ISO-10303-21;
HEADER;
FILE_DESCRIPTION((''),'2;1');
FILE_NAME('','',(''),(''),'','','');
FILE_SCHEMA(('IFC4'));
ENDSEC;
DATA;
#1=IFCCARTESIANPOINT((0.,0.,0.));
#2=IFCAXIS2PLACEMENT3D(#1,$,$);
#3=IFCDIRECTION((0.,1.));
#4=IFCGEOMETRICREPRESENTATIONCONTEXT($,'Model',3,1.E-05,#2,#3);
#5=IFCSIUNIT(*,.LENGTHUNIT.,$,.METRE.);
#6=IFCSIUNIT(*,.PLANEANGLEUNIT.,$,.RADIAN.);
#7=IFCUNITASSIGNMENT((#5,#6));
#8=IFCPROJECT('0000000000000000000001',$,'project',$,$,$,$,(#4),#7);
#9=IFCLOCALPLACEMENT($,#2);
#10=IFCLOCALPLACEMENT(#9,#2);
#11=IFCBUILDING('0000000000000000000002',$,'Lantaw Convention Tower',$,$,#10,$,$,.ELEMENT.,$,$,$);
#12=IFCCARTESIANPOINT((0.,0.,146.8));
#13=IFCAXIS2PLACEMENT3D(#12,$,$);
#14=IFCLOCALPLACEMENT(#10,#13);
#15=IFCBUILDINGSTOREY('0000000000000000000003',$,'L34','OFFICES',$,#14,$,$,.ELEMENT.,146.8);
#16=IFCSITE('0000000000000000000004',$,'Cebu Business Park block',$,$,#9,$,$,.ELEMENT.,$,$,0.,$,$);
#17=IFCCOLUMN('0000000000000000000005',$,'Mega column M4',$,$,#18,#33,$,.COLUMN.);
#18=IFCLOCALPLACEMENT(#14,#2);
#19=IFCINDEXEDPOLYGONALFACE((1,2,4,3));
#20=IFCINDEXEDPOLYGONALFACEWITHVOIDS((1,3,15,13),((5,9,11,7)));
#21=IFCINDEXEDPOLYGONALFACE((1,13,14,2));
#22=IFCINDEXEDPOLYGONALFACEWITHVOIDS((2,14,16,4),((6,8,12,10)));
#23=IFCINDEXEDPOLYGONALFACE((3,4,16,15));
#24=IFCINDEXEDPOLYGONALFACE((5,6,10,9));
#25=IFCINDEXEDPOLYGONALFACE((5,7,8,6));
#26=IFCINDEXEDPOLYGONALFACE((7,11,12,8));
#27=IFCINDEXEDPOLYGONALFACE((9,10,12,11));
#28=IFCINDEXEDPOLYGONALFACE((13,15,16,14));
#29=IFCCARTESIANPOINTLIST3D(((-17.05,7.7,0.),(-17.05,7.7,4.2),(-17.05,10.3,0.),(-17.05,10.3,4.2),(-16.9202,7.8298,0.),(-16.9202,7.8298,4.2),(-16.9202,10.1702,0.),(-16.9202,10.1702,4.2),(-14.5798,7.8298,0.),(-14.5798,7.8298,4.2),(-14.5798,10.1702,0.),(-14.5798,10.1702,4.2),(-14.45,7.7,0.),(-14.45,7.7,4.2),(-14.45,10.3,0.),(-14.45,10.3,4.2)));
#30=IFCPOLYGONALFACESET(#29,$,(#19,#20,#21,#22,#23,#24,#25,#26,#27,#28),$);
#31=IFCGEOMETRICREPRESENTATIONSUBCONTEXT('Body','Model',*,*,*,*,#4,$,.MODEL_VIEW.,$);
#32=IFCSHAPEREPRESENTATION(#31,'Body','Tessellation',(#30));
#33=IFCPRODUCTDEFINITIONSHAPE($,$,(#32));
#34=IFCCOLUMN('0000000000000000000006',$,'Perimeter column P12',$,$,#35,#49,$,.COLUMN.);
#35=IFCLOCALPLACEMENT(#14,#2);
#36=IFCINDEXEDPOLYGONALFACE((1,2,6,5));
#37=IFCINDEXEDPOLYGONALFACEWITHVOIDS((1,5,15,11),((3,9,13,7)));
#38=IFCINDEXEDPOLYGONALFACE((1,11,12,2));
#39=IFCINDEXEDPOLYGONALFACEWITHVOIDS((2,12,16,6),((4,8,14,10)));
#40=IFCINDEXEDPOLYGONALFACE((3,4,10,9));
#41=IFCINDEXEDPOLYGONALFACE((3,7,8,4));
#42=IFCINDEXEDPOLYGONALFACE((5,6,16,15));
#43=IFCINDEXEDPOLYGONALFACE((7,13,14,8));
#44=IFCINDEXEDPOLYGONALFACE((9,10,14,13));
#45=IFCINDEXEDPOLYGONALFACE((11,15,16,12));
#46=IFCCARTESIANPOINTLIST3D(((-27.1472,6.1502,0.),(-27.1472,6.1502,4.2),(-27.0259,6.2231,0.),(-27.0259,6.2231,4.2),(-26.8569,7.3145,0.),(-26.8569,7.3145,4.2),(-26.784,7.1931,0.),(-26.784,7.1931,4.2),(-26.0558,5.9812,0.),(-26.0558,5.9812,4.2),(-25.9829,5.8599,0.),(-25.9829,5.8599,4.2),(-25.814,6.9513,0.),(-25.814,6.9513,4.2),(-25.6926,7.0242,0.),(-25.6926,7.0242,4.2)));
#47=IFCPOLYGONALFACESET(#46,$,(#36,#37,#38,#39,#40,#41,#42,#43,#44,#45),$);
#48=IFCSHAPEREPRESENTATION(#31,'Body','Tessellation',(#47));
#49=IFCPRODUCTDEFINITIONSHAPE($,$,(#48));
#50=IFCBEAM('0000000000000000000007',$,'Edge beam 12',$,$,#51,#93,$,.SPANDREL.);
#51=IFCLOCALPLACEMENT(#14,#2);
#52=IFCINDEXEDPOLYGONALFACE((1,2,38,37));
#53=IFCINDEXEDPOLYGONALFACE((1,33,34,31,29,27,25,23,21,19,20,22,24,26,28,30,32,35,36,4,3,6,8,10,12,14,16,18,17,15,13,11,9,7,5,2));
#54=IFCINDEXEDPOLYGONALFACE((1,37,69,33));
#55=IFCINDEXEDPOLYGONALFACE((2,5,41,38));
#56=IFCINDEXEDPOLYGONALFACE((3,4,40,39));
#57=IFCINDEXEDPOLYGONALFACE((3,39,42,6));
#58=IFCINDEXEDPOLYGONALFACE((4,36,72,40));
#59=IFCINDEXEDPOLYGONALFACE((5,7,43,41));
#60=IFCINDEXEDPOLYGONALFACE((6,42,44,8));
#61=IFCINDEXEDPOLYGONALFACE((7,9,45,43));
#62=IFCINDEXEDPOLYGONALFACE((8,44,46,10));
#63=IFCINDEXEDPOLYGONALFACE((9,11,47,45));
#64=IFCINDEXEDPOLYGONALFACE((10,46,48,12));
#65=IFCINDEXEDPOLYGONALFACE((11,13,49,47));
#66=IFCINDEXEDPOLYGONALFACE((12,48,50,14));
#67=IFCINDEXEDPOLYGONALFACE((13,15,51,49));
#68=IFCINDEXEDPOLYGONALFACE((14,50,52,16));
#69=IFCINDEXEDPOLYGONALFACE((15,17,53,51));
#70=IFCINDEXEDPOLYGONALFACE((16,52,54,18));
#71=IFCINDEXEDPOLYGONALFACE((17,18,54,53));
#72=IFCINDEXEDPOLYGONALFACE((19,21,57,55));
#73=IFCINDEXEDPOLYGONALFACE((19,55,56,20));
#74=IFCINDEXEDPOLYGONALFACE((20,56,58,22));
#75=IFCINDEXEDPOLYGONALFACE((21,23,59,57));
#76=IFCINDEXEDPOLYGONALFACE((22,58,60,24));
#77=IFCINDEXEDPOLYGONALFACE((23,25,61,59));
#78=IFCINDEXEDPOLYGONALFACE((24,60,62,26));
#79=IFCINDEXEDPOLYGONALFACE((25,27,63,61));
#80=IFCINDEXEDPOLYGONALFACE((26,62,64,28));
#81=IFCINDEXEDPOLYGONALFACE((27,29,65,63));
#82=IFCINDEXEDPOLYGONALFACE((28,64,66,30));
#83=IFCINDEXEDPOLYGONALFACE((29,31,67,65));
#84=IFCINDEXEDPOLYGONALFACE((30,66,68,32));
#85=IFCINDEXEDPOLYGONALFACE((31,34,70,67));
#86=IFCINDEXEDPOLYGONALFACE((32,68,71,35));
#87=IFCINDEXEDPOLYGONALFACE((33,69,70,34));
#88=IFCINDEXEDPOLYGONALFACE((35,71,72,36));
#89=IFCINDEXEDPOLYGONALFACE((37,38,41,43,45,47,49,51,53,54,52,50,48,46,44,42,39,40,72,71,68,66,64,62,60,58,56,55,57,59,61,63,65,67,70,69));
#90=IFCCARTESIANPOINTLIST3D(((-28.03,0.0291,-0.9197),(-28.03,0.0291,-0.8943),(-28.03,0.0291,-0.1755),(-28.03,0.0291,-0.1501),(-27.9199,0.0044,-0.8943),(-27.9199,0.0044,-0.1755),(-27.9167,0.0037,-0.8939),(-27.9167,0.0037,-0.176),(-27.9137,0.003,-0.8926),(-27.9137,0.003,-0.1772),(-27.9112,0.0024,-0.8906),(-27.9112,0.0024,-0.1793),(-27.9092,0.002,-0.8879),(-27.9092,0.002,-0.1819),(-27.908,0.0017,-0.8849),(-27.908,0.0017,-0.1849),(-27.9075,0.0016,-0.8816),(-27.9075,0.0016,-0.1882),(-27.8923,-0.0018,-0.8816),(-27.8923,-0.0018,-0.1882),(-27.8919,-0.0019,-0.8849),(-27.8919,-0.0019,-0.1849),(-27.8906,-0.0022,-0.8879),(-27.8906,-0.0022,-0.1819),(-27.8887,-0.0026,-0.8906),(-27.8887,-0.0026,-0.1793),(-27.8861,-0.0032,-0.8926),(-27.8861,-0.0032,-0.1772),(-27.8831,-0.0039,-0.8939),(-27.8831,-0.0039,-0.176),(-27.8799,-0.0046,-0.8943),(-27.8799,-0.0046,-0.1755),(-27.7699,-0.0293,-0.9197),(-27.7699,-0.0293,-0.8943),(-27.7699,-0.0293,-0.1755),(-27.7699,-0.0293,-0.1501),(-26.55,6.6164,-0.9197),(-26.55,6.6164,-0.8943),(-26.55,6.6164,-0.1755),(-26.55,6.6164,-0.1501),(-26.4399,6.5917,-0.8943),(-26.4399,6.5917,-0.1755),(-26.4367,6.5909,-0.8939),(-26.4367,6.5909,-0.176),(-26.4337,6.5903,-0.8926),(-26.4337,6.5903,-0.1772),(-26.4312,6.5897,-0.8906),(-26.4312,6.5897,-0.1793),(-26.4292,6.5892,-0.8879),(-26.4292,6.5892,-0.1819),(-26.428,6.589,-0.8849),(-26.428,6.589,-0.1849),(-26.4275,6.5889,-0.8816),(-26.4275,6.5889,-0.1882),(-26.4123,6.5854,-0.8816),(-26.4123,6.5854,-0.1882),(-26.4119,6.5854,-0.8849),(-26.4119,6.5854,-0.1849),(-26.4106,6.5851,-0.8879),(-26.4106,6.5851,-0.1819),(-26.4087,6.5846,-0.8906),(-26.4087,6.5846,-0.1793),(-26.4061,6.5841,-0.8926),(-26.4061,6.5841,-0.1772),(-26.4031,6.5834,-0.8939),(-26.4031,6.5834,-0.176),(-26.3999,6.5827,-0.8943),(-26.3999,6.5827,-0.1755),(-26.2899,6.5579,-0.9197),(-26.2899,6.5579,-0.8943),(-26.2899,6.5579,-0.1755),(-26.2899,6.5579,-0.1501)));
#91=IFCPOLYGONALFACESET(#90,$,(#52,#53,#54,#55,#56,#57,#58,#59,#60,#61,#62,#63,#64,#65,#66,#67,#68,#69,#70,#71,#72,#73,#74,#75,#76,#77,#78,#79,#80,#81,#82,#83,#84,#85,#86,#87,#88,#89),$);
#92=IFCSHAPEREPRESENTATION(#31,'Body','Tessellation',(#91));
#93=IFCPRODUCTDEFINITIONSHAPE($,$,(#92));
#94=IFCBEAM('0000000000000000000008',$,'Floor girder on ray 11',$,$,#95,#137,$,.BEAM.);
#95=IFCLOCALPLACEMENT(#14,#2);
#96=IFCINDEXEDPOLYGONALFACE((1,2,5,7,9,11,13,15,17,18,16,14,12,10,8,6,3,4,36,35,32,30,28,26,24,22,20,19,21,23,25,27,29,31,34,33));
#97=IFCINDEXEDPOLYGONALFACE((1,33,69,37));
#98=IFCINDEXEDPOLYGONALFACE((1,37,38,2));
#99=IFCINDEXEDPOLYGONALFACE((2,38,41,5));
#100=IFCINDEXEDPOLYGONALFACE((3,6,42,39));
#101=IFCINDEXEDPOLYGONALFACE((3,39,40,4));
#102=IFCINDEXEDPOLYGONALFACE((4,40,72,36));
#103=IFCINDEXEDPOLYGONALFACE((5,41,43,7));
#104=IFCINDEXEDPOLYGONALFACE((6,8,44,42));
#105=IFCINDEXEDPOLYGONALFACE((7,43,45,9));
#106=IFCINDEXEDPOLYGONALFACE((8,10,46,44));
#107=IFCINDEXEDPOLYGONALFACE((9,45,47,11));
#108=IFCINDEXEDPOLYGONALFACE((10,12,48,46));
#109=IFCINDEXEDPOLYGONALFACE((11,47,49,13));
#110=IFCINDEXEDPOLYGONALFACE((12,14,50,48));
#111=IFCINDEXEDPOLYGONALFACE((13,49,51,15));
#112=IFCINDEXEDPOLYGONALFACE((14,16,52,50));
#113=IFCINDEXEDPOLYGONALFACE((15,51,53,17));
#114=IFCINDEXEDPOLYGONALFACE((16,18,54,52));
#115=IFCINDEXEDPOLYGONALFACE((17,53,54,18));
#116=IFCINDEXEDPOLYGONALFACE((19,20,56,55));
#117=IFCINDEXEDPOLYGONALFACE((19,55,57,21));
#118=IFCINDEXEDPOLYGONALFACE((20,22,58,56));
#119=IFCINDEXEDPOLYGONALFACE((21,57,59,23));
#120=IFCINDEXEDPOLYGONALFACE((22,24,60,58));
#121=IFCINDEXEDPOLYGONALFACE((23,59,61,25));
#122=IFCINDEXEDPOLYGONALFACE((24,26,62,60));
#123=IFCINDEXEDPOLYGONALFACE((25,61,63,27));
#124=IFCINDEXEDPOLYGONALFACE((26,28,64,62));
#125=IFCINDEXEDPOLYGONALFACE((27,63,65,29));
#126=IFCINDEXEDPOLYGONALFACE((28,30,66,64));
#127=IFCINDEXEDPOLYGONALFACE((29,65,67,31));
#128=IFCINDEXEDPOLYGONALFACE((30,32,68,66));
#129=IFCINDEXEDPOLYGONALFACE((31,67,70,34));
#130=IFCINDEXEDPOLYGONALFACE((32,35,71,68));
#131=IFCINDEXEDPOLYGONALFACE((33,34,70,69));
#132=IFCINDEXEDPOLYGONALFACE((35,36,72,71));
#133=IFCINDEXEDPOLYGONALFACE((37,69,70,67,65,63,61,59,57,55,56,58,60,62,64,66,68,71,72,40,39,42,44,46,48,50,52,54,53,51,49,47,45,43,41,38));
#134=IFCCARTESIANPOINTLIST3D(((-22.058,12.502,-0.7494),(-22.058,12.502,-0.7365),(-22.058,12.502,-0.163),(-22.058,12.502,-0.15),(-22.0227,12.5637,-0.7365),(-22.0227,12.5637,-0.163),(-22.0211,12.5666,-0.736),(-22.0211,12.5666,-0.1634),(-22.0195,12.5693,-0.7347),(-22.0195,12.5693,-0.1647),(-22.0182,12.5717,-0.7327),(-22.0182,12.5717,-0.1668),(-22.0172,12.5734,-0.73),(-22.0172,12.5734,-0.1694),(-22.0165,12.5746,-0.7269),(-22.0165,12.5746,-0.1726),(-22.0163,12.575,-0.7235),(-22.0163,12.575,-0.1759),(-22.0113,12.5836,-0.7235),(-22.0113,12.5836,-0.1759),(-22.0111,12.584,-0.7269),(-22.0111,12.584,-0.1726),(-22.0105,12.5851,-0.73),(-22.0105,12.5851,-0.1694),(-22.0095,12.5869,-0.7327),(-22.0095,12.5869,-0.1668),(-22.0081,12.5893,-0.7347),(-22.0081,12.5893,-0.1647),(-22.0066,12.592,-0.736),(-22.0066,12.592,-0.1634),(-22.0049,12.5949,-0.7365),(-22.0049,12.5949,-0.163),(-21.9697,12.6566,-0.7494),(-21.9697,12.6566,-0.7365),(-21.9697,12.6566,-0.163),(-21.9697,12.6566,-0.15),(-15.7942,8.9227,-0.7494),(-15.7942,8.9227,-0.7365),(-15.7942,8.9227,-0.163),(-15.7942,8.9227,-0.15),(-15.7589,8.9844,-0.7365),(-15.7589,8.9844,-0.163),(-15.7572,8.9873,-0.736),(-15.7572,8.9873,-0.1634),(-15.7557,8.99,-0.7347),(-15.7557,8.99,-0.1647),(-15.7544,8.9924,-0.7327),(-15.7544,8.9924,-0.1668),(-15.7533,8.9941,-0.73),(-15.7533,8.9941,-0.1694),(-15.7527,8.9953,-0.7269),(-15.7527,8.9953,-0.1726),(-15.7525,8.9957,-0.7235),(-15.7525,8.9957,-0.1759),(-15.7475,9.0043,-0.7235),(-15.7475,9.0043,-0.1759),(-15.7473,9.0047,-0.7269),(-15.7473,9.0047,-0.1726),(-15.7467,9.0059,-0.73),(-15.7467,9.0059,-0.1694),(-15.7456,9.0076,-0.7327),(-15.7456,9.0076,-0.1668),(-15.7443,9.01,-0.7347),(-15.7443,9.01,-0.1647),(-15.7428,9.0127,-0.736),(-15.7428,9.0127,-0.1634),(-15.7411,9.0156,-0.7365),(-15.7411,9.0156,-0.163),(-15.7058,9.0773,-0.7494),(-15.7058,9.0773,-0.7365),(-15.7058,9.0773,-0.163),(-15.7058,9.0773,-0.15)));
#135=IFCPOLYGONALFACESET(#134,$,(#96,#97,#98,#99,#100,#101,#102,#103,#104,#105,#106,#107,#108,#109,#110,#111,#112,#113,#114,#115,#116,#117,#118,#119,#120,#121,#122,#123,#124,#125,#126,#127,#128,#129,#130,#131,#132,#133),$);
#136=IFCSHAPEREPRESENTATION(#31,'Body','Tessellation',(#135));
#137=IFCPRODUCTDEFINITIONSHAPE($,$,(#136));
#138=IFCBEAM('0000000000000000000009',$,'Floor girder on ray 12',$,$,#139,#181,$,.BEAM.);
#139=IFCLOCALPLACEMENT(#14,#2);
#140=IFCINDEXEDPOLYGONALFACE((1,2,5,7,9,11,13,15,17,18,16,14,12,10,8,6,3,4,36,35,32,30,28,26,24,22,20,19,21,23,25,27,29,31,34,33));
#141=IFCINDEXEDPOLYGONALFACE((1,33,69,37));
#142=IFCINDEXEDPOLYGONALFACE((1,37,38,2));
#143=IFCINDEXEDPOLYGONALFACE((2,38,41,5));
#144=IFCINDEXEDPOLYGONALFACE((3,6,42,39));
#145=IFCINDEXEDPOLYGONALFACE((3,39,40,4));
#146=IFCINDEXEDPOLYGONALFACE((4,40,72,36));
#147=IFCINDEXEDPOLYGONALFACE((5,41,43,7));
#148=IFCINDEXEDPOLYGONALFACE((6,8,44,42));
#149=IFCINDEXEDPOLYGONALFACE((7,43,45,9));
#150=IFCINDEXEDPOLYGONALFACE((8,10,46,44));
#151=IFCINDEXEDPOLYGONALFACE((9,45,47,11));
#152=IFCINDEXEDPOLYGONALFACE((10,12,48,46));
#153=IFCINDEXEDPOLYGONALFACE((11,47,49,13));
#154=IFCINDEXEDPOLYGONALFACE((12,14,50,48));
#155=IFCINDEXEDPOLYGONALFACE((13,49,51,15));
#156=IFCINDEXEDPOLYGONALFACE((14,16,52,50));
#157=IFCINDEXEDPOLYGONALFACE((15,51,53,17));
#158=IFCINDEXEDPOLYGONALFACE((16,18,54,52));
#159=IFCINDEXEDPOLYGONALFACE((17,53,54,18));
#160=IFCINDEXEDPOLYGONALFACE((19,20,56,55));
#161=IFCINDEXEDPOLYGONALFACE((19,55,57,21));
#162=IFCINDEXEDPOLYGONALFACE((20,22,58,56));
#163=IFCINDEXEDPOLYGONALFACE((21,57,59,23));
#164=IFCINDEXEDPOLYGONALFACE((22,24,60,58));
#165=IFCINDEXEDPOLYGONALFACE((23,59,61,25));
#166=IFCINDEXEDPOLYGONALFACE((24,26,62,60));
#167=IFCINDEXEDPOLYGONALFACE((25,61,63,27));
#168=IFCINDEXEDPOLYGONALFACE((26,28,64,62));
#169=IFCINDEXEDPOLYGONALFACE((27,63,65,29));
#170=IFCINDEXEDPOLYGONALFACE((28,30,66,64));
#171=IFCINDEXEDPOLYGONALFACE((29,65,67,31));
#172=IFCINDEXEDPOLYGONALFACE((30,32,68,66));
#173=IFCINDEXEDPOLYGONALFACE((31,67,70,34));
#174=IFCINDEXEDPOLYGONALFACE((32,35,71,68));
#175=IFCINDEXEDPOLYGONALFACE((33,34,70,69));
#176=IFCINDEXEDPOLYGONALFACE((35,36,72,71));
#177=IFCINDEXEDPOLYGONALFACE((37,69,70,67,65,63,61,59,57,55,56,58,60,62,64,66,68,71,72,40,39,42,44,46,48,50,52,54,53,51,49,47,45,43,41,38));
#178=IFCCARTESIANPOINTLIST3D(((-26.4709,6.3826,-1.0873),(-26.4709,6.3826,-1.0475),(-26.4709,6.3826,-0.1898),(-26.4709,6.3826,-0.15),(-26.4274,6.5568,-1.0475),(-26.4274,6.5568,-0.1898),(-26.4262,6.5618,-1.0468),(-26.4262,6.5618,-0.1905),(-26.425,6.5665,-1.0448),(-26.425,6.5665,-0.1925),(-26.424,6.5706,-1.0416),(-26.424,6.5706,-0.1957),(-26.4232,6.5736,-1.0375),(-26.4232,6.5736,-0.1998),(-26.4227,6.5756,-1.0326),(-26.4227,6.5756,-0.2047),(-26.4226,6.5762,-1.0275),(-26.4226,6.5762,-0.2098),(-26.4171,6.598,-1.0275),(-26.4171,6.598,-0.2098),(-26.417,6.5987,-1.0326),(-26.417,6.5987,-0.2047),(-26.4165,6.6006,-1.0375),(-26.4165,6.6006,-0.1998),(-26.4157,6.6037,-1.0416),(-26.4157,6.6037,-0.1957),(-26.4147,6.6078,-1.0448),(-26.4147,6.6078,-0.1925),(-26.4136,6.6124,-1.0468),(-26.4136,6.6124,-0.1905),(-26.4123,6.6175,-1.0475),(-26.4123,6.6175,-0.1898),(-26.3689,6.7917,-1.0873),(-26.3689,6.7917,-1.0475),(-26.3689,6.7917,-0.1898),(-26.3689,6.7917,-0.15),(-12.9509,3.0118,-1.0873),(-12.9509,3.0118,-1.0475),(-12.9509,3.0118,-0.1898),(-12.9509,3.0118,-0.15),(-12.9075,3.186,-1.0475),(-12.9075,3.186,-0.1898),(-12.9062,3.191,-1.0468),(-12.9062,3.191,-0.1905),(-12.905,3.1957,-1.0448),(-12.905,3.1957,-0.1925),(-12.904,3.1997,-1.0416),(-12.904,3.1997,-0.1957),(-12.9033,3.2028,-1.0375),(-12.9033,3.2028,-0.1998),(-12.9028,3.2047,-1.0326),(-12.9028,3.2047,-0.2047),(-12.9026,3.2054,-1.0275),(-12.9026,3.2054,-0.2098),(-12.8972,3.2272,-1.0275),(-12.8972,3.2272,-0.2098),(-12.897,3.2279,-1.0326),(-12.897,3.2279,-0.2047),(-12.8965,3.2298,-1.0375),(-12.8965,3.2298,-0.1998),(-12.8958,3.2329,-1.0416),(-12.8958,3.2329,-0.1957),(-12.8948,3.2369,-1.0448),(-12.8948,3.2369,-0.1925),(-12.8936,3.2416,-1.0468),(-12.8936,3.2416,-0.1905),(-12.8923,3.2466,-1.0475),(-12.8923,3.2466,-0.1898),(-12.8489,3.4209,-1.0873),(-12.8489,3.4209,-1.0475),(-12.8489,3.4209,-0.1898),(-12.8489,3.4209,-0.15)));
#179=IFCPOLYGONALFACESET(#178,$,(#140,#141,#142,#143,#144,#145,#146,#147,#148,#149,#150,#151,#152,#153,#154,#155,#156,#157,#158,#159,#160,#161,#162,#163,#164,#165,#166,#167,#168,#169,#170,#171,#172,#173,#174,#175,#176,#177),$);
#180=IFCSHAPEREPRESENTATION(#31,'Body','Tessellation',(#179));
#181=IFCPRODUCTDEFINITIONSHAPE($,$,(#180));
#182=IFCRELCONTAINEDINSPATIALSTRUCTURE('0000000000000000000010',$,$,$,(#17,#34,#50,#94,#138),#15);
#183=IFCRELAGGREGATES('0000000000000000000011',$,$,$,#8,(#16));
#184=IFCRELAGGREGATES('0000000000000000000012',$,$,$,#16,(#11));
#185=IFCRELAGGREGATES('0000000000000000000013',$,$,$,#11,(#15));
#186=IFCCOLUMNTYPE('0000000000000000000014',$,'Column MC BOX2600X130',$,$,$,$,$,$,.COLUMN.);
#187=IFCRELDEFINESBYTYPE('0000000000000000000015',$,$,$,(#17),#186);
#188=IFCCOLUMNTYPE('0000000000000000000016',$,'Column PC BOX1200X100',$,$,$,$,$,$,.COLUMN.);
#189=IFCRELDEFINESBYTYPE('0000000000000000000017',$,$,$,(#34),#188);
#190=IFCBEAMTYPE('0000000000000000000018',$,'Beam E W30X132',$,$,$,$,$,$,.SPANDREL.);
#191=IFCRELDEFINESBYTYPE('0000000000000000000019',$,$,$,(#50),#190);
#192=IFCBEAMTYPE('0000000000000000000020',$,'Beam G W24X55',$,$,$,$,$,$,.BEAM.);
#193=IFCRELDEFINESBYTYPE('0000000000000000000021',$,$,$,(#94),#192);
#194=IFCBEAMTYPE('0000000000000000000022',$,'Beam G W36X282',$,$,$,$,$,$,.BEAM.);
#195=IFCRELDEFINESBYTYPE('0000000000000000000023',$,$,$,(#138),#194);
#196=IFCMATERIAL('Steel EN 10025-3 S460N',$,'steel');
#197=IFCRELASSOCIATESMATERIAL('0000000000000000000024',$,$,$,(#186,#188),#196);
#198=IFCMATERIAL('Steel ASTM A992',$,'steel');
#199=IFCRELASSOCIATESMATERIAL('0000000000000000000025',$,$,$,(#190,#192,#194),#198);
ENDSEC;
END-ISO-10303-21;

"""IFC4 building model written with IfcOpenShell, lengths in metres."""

from ifc_helpers import new_model, si_unit, direction, frame, origin, origin_2d, place, context, subcontext, project, spatial, rectangle, hollow_rectangle, i_section, extrude, material, material_profile, profile_set, type_object, element, save


model = new_model("IFC4")

# Units and contexts
model_context = context("Model", 3, precision=1e-05, world=origin(), true_north=direction((0.0, 1.0)))
body_context = subcontext(model_context, "Body", "Model", "MODEL_VIEW")
ifc_project = project(units=[si_unit("LENGTHUNIT", "METRE"), si_unit("PLANEANGLEUNIT", "RADIAN")], contexts=[model_context])

# Site, building, storey
site_placement = place(None, origin())
site = spatial("IfcSite", under=ifc_project, at=site_placement, Name="Cebu Business Park block", CompositionType="ELEMENT", RefElevation=0.0)
building_placement = place(site_placement, origin())
building = spatial("IfcBuilding", under=site, at=building_placement, Name="Lantaw Convention Tower", CompositionType="ELEMENT")
storey_placement = place(building_placement, frame((0.0, 0.0, 146.8)))
storey = spatial("IfcBuildingStorey", under=building, at=storey_placement, Name="L34", Description="OFFICES", CompositionType="ELEMENT", Elevation=146.8)

# Columns
ifc_material_1 = material(Name="Steel EN 10025-3 S460N", Category="steel")
ifc_material_profile_1 = material_profile(ifc_material_1, hollow_rectangle(XDim=2.6001, YDim=2.6001, WallThickness=0.1299, at=origin_2d()), Name="BOX2600X130")
ifc_material_2 = material(Name="Concrete C60/75", Category="concrete")
ifc_material_profile_2 = material_profile(ifc_material_2, rectangle(XDim=2.3401, YDim=2.3401, at=origin_2d()), Name="Concrete fill of BOX2600X130")
ifc_profile_set_1 = profile_set([ifc_material_profile_1, ifc_material_profile_2], Name="Steel EN 10025-3 S460N")
column_type_1 = type_object("IfcColumnType", Name="Column MC BOX2600X130", PredefinedType="COLUMN", material=ifc_profile_set_1)
column_1_placement = place(storey_placement, frame((-15.75, 9.0, 0.0), z_axis=(0.0, 0.0, 1.0), x_axis=(1.0, 0.0, 0.0)))
element("IfcColumn", 1, at=column_1_placement, inside=storey, type_object=column_type_1, Name="Mega column M4", PredefinedType="COLUMN", context=body_context, shape_type="SweptSolid", body=[
    extrude(hollow_rectangle(XDim=2.6001, YDim=2.6001, WallThickness=0.1299, at=origin_2d()), origin(), (0.0, 0.0, 1.0), 4.2),
])
ifc_material_profile_3 = material_profile(ifc_material_1, hollow_rectangle(XDim=1.2, YDim=1.2, WallThickness=0.1001, at=origin_2d()), Name="BOX1200X100")
ifc_material_profile_4 = material_profile(ifc_material_2, rectangle(XDim=1.0, YDim=1.0, at=origin_2d()), Name="Concrete fill of BOX1200X100")
ifc_profile_set_2 = profile_set([ifc_material_profile_3, ifc_material_profile_4], Name="Steel EN 10025-3 S460N")
column_type_2 = type_object("IfcColumnType", Name="Column PC BOX1200X100", PredefinedType="COLUMN", material=ifc_profile_set_2)
column_2_placement = place(storey_placement, frame((-26.4199, 6.5872, 0.0), z_axis=(0.0, 0.0, 1.0), x_axis=(0.241922, 0.970296, 0.0)))
element("IfcColumn", 2, at=column_2_placement, inside=storey, type_object=column_type_2, Name="Perimeter column P12", PredefinedType="COLUMN", context=body_context, shape_type="SweptSolid", body=[
    extrude(hollow_rectangle(XDim=1.2, YDim=1.2, WallThickness=0.1001, at=origin_2d()), origin(), (0.0, 0.0, 1.0), 4.2),
])

# Beams
ifc_material_3 = material(Name="Steel ASTM A992", Category="steel")
ifc_material_profile_5 = material_profile(ifc_material_3, i_section(OverallWidth=0.2666, OverallDepth=0.7695, WebThickness=0.0156, FlangeThickness=0.0254, FilletRadius=0.0127, at=origin_2d()), Name="W30X132")
ifc_profile_set_3 = profile_set([ifc_material_profile_5], Name="Steel ASTM A992")
beam_type_1 = type_object("IfcBeamType", Name="Beam E W30X132", PredefinedType="SPANDREL", material=ifc_profile_set_3)
beam_1_placement = place(storey_placement, frame((-26.4199, 6.5872, -0.5349), z_axis=(-0.219212, -0.975677, 0.0), x_axis=(0.975677, -0.219212, 0.0)))
element("IfcBeam", 3, at=beam_1_placement, inside=storey, type_object=beam_type_1, Name="Edge beam 12", PredefinedType="SPANDREL", context=body_context, shape_type="SweptSolid", body=[
    extrude(i_section(OverallWidth=0.2666, OverallDepth=0.7695, WebThickness=0.0156, FlangeThickness=0.0254, FilletRadius=0.0127, at=origin_2d()), origin(), (0.0, 0.0, 1.0), 6.7515),
])
ifc_material_profile_6 = material_profile(ifc_material_3, i_section(OverallWidth=0.178, OverallDepth=0.5994, WebThickness=0.01, FlangeThickness=0.0129, FilletRadius=0.0129, at=origin_2d()), Name="W24X55")
ifc_profile_set_4 = profile_set([ifc_material_profile_6], Name="Steel ASTM A992")
beam_type_2 = type_object("IfcBeamType", Name="Beam G W24X55", PredefinedType="BEAM", material=ifc_profile_set_4)
beam_2_placement = place(storey_placement, frame((-15.75, 9.0, -0.4497), z_axis=(-0.868245, 0.496135, 0.0), x_axis=(-0.496135, -0.868245, 0.0)))
element("IfcBeam", 4, at=beam_2_placement, inside=storey, type_object=beam_type_2, Name="Floor girder on ray 11", PredefinedType="BEAM", context=body_context, shape_type="SweptSolid", body=[
    extrude(i_section(OverallWidth=0.178, OverallDepth=0.5994, WebThickness=0.01, FlangeThickness=0.0129, FilletRadius=0.0129, at=origin_2d()), origin(), (0.0, 0.0, 1.0), 7.2144),
])
ifc_material_profile_7 = material_profile(ifc_material_3, i_section(OverallWidth=0.4216, OverallDepth=0.9373, WebThickness=0.0225, FlangeThickness=0.0398, FilletRadius=0.02, at=origin_2d()), Name="W36X282")
ifc_profile_set_5 = profile_set([ifc_material_profile_7], Name="Steel ASTM A992")
beam_type_3 = type_object("IfcBeamType", Name="Beam G W36X282", PredefinedType="BEAM", material=ifc_profile_set_5)
beam_3_placement = place(storey_placement, frame((-12.8999, 3.2163, -0.6187), z_axis=(-0.970297, 0.241917, 0.0), x_axis=(-0.241917, -0.970297, 0.0)))
element("IfcBeam", 5, at=beam_3_placement, inside=storey, type_object=beam_type_3, Name="Floor girder on ray 12", PredefinedType="BEAM", context=body_context, shape_type="SweptSolid", body=[
    extrude(i_section(OverallWidth=0.4216, OverallDepth=0.9373, WebThickness=0.0225, FlangeThickness=0.0398, FilletRadius=0.02, at=origin_2d()), origin(), (0.0, 0.0, 1.0), 13.9338),
])

save(model, "model.ifc")
